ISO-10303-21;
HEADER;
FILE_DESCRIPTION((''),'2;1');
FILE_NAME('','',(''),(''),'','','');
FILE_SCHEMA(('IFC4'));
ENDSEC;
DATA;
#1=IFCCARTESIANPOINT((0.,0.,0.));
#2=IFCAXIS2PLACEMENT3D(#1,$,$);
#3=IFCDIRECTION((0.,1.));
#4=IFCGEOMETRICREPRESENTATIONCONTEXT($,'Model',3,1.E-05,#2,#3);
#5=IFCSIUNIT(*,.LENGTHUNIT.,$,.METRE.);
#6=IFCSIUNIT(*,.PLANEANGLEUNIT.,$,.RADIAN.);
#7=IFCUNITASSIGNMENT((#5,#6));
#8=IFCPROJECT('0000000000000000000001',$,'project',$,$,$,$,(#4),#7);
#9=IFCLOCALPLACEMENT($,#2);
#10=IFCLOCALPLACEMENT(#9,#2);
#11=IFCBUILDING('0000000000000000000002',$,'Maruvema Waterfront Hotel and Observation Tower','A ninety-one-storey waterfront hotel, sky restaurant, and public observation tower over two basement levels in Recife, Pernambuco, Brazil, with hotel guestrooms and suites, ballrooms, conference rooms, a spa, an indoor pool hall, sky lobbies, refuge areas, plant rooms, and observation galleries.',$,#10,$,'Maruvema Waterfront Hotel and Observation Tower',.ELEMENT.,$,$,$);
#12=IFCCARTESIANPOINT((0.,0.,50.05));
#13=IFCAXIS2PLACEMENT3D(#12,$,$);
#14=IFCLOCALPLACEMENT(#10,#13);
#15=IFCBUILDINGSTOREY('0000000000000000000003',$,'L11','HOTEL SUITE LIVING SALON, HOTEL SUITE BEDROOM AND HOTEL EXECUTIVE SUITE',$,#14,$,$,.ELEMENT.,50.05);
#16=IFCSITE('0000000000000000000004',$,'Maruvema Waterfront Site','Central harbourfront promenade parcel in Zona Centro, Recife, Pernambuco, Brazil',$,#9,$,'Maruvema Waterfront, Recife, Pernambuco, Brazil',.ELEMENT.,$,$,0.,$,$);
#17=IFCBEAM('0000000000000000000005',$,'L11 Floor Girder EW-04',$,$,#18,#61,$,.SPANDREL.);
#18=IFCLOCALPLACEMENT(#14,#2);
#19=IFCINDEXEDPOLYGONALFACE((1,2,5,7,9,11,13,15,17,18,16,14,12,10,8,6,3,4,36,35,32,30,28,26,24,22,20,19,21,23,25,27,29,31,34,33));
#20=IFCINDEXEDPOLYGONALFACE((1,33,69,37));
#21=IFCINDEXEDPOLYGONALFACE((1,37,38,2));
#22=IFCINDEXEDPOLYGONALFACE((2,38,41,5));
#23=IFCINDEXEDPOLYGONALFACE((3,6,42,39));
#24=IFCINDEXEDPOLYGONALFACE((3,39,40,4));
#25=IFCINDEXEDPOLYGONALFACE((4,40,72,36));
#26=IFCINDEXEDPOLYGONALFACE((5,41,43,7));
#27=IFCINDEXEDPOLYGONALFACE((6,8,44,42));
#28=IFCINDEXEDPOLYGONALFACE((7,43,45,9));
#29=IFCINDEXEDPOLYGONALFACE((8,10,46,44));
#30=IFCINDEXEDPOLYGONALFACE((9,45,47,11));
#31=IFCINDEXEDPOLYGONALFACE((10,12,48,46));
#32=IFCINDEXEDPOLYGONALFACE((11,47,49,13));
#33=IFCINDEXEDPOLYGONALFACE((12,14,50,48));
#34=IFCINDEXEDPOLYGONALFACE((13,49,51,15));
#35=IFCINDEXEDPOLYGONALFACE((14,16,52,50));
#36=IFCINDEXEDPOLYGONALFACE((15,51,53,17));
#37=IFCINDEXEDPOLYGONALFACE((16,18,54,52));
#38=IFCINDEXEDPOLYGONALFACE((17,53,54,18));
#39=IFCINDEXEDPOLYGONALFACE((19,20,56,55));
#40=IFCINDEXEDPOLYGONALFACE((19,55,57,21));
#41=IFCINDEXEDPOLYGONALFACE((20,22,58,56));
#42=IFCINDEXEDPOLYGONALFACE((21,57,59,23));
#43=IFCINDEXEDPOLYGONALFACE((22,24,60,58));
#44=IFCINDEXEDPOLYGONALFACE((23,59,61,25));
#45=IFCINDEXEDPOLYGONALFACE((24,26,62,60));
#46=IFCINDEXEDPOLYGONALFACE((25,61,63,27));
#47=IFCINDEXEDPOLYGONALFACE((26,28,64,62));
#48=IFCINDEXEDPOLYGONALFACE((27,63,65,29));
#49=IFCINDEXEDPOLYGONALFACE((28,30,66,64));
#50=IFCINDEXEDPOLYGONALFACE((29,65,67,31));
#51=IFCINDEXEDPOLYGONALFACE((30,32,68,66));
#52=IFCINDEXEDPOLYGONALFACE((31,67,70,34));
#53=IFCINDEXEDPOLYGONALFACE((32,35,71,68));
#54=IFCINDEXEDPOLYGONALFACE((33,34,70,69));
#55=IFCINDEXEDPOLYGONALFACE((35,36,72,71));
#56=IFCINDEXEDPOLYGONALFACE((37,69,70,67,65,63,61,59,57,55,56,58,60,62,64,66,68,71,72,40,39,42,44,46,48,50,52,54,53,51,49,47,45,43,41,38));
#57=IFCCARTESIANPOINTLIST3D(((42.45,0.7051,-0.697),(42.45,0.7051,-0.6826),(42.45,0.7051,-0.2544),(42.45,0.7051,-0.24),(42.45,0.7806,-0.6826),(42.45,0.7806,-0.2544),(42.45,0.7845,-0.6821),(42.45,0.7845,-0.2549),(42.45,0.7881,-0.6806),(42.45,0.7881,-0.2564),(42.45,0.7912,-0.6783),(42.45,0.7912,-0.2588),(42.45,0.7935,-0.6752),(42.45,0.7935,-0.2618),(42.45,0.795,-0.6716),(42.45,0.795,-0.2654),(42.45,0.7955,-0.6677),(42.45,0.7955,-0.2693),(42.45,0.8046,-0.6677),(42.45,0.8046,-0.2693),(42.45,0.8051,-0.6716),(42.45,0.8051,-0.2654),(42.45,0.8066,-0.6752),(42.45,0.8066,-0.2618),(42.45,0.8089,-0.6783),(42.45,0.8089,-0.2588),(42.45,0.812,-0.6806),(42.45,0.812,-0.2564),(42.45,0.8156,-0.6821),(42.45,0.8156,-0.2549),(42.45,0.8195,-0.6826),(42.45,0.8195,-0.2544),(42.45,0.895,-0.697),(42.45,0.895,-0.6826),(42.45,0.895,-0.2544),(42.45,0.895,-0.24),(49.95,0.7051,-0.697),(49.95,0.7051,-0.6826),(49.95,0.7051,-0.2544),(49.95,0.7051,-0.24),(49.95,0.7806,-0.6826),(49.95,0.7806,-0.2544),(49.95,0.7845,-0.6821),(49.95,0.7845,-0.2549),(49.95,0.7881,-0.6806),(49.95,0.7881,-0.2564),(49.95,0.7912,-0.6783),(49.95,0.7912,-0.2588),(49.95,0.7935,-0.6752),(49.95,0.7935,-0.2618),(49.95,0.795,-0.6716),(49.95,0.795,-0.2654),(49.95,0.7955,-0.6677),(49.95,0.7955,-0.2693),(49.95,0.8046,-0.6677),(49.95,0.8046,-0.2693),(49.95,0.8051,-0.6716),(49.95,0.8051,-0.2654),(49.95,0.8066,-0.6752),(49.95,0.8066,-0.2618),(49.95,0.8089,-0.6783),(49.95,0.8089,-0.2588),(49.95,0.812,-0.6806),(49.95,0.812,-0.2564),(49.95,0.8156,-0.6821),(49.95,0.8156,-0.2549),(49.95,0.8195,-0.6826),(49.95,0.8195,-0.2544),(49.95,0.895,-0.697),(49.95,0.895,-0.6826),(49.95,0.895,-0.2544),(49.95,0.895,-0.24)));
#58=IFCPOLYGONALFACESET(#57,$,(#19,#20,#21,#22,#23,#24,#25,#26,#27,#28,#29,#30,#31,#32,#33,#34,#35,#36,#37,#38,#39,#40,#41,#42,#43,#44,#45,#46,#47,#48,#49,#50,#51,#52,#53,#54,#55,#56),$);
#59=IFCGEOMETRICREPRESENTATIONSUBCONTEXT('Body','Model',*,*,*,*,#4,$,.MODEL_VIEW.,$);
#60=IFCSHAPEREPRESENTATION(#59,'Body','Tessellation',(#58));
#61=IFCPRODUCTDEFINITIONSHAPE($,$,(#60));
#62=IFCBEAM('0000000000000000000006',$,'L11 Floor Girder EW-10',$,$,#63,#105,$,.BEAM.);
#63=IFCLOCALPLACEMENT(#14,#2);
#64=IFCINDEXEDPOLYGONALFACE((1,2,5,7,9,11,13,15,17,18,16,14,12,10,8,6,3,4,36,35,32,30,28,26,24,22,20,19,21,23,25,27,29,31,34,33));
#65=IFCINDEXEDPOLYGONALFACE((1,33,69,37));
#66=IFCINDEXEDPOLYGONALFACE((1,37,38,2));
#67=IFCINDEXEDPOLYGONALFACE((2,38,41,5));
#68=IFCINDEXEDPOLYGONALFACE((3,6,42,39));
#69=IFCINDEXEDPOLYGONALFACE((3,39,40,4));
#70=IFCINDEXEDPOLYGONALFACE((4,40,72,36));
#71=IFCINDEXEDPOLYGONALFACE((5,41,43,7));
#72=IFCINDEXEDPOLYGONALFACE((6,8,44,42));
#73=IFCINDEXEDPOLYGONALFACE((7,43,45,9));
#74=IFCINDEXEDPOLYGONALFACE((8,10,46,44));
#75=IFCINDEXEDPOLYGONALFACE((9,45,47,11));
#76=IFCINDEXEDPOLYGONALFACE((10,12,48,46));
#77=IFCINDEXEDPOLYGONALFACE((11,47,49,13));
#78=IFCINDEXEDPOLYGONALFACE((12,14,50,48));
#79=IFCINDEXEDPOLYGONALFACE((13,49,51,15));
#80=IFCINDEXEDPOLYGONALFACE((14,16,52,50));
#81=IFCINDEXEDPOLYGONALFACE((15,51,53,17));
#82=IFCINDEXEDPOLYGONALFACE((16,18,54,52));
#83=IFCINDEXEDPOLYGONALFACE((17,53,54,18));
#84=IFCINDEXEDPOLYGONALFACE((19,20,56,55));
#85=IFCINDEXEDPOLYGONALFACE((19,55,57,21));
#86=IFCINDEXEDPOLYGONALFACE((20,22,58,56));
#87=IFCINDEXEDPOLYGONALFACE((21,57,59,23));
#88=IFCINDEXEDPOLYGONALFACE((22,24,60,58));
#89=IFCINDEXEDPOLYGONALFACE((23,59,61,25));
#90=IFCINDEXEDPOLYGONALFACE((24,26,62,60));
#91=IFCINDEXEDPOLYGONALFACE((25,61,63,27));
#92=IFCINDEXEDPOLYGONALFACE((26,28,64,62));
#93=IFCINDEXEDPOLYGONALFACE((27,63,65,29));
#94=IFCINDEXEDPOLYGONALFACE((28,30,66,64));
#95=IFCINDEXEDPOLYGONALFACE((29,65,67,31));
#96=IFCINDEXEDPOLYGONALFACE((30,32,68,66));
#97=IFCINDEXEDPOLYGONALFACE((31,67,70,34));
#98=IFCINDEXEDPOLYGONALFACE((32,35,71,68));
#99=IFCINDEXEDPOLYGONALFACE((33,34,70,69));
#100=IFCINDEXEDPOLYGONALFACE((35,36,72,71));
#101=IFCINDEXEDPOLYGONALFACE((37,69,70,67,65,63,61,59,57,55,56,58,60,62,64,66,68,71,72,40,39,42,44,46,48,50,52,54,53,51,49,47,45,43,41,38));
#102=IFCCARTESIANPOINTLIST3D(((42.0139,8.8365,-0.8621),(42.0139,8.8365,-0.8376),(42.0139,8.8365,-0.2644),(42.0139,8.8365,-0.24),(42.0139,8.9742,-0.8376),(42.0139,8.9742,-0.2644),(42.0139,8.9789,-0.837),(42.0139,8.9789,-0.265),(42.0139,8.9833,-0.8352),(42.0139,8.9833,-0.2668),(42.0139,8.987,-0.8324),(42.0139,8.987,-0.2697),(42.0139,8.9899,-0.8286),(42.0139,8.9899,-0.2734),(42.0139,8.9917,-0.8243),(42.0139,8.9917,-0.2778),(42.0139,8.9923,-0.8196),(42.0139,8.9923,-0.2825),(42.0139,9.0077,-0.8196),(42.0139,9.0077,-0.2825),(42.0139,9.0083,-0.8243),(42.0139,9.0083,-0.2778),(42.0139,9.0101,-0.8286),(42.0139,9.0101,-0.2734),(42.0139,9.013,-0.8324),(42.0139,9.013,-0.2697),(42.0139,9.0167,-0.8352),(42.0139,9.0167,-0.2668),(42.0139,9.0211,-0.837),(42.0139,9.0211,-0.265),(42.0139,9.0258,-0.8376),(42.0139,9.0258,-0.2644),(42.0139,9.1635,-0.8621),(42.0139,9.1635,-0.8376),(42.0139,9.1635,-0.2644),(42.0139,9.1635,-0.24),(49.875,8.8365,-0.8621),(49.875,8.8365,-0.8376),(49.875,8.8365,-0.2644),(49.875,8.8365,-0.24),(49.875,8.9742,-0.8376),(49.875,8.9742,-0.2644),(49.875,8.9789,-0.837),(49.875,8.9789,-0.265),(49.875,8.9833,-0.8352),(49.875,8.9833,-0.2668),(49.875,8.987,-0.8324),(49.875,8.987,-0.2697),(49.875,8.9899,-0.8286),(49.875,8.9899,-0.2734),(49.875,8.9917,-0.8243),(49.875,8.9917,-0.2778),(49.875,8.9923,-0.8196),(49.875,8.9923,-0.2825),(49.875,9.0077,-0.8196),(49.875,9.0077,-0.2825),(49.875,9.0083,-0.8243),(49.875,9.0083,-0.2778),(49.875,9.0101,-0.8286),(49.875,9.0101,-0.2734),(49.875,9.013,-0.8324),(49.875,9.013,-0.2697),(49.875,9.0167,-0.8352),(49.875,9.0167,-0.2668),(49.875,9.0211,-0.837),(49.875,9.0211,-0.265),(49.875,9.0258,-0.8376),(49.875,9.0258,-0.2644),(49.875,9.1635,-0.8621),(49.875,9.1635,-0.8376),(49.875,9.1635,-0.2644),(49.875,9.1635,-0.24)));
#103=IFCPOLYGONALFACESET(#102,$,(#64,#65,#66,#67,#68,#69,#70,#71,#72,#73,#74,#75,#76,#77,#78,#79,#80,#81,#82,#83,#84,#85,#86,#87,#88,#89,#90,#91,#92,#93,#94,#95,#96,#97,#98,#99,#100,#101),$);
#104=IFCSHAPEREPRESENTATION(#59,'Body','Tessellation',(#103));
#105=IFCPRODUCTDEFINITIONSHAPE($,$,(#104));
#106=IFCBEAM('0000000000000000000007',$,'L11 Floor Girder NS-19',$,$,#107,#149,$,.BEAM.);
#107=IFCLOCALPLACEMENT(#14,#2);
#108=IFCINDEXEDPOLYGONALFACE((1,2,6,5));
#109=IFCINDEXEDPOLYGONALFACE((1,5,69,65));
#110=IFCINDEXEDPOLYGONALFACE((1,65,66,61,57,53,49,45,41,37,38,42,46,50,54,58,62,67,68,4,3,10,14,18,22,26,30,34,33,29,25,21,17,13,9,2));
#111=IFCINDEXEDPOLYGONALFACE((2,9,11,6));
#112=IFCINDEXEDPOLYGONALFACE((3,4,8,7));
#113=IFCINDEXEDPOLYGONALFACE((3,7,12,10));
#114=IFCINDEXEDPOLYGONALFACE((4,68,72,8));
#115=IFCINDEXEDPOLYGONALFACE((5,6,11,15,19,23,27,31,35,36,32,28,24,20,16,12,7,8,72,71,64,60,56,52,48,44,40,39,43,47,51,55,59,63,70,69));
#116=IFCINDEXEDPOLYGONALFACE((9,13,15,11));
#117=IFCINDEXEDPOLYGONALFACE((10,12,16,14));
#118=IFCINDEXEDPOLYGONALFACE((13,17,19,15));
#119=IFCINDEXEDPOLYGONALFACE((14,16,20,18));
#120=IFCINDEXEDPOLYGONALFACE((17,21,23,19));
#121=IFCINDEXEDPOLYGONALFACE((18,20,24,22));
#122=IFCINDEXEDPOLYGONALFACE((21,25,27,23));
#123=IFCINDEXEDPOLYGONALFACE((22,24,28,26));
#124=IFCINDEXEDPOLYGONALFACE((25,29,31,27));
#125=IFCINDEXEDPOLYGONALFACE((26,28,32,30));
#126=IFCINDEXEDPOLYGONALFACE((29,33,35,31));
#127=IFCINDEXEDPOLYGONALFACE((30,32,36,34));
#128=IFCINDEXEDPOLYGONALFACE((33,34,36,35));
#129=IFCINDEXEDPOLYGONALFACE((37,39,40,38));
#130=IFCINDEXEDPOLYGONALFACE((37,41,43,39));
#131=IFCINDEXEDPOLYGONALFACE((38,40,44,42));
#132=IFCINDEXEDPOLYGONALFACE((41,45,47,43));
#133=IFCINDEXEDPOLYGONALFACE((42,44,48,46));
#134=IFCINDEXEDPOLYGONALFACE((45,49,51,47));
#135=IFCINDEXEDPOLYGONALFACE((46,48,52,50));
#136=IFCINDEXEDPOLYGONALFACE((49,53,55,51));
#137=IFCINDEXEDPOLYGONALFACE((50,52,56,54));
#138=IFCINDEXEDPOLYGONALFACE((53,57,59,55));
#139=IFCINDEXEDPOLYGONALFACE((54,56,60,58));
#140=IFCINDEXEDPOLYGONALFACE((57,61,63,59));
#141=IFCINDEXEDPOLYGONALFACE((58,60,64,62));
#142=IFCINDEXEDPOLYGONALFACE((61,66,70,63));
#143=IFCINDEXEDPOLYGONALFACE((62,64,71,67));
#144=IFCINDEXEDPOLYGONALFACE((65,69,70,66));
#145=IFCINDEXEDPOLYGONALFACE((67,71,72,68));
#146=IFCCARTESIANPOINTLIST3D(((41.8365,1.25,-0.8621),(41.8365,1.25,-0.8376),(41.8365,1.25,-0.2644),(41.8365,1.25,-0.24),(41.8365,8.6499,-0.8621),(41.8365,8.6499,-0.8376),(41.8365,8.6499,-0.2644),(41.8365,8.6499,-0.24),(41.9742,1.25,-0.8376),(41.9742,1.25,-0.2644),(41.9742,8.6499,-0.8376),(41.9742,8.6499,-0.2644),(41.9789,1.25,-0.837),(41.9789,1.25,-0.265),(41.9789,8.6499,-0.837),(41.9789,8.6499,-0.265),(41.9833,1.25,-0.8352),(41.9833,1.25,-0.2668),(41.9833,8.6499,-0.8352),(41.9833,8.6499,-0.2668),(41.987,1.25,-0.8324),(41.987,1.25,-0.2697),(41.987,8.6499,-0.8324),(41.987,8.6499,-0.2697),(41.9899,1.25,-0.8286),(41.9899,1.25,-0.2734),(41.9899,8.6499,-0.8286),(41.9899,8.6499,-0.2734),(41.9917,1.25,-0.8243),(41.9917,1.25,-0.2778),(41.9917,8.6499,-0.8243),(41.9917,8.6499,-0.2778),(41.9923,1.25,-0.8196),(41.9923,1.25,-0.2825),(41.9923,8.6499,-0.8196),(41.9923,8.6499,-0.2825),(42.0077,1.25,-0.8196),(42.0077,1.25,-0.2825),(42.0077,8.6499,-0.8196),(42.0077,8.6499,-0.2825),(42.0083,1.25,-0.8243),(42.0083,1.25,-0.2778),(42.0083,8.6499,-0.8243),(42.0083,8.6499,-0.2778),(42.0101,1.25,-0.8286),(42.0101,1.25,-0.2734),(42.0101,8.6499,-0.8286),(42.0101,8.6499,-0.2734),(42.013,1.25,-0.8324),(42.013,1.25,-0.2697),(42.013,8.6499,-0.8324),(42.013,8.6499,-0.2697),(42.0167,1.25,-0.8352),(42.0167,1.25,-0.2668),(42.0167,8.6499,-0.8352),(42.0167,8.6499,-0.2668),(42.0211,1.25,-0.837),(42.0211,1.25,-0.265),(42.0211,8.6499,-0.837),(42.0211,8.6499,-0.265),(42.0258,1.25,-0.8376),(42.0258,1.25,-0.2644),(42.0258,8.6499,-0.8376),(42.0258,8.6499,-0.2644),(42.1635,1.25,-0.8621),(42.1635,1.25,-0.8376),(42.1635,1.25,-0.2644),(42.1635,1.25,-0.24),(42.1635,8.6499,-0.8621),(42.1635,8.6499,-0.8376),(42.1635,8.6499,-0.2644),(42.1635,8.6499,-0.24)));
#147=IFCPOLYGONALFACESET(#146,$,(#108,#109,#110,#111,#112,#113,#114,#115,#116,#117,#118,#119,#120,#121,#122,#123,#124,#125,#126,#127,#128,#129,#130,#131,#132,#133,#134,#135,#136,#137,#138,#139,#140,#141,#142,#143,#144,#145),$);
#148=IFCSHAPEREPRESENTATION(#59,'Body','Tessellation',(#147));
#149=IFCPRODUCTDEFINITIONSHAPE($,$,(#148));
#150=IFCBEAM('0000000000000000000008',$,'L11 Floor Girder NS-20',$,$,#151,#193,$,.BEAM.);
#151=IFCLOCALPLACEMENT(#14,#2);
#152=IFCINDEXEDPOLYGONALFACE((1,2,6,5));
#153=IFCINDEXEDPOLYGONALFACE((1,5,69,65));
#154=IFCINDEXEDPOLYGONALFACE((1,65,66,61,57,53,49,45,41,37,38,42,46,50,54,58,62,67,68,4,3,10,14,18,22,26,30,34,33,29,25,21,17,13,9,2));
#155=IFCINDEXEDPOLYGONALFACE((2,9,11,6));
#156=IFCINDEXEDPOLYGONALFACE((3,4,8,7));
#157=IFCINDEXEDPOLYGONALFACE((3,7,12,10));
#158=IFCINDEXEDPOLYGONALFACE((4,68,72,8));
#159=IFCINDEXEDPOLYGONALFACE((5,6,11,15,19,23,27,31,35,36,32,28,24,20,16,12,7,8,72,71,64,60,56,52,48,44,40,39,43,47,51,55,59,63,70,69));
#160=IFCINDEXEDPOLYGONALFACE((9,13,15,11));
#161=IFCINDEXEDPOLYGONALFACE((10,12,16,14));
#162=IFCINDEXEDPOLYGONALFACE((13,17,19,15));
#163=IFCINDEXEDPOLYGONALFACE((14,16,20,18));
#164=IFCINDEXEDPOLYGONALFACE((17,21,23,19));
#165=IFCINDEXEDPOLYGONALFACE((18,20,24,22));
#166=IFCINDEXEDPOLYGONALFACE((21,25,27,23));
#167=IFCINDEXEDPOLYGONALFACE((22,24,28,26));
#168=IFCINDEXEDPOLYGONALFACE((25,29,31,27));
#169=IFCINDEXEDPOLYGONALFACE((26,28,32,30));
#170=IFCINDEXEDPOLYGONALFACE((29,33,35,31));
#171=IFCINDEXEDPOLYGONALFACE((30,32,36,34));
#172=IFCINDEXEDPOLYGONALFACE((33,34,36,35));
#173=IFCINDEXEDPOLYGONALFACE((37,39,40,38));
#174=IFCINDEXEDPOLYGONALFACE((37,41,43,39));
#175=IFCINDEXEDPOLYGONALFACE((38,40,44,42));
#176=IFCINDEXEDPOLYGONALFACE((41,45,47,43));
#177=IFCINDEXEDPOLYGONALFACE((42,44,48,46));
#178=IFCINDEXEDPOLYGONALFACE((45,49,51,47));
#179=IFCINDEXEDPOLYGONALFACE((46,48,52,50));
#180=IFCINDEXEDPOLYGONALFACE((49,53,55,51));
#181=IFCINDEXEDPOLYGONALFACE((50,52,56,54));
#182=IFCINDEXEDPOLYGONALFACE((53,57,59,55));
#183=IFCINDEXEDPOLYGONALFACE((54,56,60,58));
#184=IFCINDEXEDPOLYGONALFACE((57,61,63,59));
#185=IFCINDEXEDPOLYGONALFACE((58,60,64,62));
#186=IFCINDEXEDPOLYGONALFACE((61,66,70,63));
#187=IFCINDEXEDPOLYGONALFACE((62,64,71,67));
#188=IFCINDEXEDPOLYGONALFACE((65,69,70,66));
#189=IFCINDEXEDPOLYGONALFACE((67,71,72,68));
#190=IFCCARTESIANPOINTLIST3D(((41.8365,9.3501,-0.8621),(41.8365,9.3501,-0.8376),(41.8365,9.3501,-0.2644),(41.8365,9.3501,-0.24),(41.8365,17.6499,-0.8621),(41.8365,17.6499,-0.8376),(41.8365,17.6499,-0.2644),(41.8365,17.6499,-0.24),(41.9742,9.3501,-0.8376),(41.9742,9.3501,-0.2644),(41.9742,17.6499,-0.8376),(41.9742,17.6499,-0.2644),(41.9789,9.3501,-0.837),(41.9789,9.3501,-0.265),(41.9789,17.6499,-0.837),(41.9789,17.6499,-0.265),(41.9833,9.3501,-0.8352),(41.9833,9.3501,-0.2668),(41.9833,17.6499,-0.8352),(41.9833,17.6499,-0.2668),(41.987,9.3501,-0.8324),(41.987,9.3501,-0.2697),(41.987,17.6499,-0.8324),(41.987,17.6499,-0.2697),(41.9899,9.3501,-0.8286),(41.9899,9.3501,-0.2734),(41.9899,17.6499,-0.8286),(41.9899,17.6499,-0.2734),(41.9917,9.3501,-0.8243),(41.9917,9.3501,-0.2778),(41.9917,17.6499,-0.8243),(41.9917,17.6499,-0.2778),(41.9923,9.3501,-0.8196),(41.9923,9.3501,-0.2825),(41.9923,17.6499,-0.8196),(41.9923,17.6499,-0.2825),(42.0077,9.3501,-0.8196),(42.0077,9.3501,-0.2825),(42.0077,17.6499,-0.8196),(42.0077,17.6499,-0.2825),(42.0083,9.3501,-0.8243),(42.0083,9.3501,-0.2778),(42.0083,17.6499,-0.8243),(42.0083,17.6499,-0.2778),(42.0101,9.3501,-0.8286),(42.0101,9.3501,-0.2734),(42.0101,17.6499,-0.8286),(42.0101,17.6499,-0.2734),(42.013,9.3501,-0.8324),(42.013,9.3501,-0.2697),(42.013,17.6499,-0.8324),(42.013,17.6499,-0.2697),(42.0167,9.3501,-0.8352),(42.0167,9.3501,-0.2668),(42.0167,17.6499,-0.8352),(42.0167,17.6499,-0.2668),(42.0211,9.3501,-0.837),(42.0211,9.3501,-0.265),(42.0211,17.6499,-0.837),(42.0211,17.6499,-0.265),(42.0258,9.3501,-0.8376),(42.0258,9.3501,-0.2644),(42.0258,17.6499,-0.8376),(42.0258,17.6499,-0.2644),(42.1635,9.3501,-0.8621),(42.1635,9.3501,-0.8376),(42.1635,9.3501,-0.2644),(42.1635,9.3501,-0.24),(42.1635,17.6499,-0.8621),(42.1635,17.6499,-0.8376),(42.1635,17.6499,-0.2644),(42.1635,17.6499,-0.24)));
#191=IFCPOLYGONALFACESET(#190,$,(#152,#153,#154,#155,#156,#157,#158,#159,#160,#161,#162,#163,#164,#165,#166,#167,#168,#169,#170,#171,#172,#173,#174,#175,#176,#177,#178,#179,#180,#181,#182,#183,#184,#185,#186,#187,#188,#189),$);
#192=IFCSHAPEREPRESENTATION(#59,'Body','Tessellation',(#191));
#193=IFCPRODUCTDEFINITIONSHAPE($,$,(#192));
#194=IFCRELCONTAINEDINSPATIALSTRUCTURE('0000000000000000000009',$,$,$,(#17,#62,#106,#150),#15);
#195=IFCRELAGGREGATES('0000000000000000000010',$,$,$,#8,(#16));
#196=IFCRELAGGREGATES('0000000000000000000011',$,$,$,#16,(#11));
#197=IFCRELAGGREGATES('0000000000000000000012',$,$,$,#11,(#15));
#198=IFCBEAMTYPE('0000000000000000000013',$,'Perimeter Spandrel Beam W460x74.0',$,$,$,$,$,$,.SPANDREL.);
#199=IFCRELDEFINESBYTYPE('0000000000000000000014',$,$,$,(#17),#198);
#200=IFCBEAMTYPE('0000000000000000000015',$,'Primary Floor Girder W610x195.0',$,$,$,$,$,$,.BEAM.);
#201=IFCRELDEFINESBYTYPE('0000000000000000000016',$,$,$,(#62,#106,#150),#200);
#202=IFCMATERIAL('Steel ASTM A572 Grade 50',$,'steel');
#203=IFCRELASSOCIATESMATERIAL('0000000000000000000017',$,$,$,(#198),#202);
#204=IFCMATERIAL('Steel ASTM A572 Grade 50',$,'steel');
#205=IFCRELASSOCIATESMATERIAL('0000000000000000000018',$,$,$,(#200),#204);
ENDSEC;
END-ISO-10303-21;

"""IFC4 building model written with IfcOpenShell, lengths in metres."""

from ifc_helpers import new_model, si_unit, direction, frame, origin, origin_2d, place, context, subcontext, project, spatial, i_section, extrude, material, material_profile, profile_set, type_object, element, save


model = new_model("IFC4")

# Units and contexts
model_context = context("Model", 3, precision=1e-05, world=origin(), true_north=direction((0.0, 1.0)))
body_context = subcontext(model_context, "Body", "Model", "MODEL_VIEW")
ifc_project = project(units=[si_unit("LENGTHUNIT", "METRE"), si_unit("PLANEANGLEUNIT", "RADIAN")], contexts=[model_context])

# Site, building, storey
site_placement = place(None, origin())
site = spatial("IfcSite", under=ifc_project, at=site_placement, Name="Maruvema Waterfront Site", Description="Central harbourfront promenade parcel in Zona Centro, Recife, Pernambuco, Brazil", LongName="Maruvema Waterfront, Recife, Pernambuco, Brazil", CompositionType="ELEMENT", RefElevation=0.0)
building_placement = place(site_placement, origin())
building = spatial("IfcBuilding", under=site, at=building_placement, Name="Maruvema Waterfront Hotel and Observation Tower", Description="A ninety-one-storey waterfront hotel, sky restaurant, and public observation tower over two basement levels in Recife, Pernambuco, Brazil, with hotel guestrooms and suites, ballrooms, conference rooms, a spa, an indoor pool hall, sky lobbies, refuge areas, plant rooms, and observation galleries.", LongName="Maruvema Waterfront Hotel and Observation Tower", CompositionType="ELEMENT")
storey_placement = place(building_placement, frame((0.0, 0.0, 50.05)))
storey = spatial("IfcBuildingStorey", under=building, at=storey_placement, Name="L11", Description="HOTEL SUITE LIVING SALON, HOTEL SUITE BEDROOM AND HOTEL EXECUTIVE SUITE", CompositionType="ELEMENT", Elevation=50.05)

# Beams
ifc_material_1 = material(Name="Steel ASTM A572 Grade 50", Category="steel")
ifc_material_profile_1 = material_profile(ifc_material_1, i_section(OverallWidth=0.1899, OverallDepth=0.457, WebThickness=0.009, FlangeThickness=0.0144, FilletRadius=0.0149, at=origin_2d()), Name="W460x74.0")
ifc_profile_set_1 = profile_set([ifc_material_profile_1], Name="Steel ASTM A572 Grade 50")
beam_type_1 = type_object("IfcBeamType", Name="Perimeter Spandrel Beam W460x74.0", PredefinedType="SPANDREL", material=ifc_profile_set_1)
beam_1_placement = place(storey_placement, frame((42.45, 0.8, -0.4685), z_axis=(1.0, 0.0, 0.0), x_axis=(0.0, 1.0, 0.0)))
element("IfcBeam", 1, at=beam_1_placement, inside=storey, type_object=beam_type_1, Name="L11 Floor Girder EW-04", PredefinedType="SPANDREL", context=body_context, shape_type="SweptSolid", body=[
    extrude(i_section(OverallWidth=0.1899, OverallDepth=0.457, WebThickness=0.009, FlangeThickness=0.0144, FilletRadius=0.0149, at=origin_2d()), origin(), (0.0, 0.0, 1.0), 7.5),
])
ifc_material_2 = material(Name="Steel ASTM A572 Grade 50", Category="steel")
ifc_material_profile_2 = material_profile(ifc_material_2, i_section(OverallWidth=0.3269, OverallDepth=0.6221, WebThickness=0.0154, FlangeThickness=0.0244, FilletRadius=0.0181, at=origin_2d()), Name="W610x195.0")
ifc_profile_set_2 = profile_set([ifc_material_profile_2], Name="Steel ASTM A572 Grade 50")
beam_type_2 = type_object("IfcBeamType", Name="Primary Floor Girder W610x195.0", PredefinedType="BEAM", material=ifc_profile_set_2)
beam_2_placement = place(storey_placement, frame((42.0139, 9.0, -0.551), z_axis=(1.0, 0.0, 0.0), x_axis=(0.0, 1.0, 0.0)))
element("IfcBeam", 2, at=beam_2_placement, inside=storey, type_object=beam_type_2, Name="L11 Floor Girder EW-10", PredefinedType="BEAM", context=body_context, shape_type="SweptSolid", body=[
    extrude(i_section(OverallWidth=0.3269, OverallDepth=0.6221, WebThickness=0.0154, FlangeThickness=0.0244, FilletRadius=0.0181, at=origin_2d()), origin(), (0.0, 0.0, 1.0), 7.8611),
])
beam_3_placement = place(storey_placement, frame((42.0, 1.25, -0.551), z_axis=(0.0, 1.0, 0.0), x_axis=(-1.0, 0.0, 0.0)))
element("IfcBeam", 3, at=beam_3_placement, inside=storey, type_object=beam_type_2, Name="L11 Floor Girder NS-19", PredefinedType="BEAM", context=body_context, shape_type="SweptSolid", body=[
    extrude(i_section(OverallWidth=0.3269, OverallDepth=0.6221, WebThickness=0.0154, FlangeThickness=0.0244, FilletRadius=0.0181, at=origin_2d()), origin(), (0.0, 0.0, 1.0), 7.3999),
])
beam_4_placement = place(storey_placement, frame((42.0, 9.3501, -0.551), z_axis=(0.0, 1.0, 0.0), x_axis=(-1.0, 0.0, 0.0)))
element("IfcBeam", 4, at=beam_4_placement, inside=storey, type_object=beam_type_2, Name="L11 Floor Girder NS-20", PredefinedType="BEAM", context=body_context, shape_type="SweptSolid", body=[
    extrude(i_section(OverallWidth=0.3269, OverallDepth=0.6221, WebThickness=0.0154, FlangeThickness=0.0244, FilletRadius=0.0181, at=origin_2d()), origin(), (0.0, 0.0, 1.0), 8.2998),
])

save(model, "model.ifc")
